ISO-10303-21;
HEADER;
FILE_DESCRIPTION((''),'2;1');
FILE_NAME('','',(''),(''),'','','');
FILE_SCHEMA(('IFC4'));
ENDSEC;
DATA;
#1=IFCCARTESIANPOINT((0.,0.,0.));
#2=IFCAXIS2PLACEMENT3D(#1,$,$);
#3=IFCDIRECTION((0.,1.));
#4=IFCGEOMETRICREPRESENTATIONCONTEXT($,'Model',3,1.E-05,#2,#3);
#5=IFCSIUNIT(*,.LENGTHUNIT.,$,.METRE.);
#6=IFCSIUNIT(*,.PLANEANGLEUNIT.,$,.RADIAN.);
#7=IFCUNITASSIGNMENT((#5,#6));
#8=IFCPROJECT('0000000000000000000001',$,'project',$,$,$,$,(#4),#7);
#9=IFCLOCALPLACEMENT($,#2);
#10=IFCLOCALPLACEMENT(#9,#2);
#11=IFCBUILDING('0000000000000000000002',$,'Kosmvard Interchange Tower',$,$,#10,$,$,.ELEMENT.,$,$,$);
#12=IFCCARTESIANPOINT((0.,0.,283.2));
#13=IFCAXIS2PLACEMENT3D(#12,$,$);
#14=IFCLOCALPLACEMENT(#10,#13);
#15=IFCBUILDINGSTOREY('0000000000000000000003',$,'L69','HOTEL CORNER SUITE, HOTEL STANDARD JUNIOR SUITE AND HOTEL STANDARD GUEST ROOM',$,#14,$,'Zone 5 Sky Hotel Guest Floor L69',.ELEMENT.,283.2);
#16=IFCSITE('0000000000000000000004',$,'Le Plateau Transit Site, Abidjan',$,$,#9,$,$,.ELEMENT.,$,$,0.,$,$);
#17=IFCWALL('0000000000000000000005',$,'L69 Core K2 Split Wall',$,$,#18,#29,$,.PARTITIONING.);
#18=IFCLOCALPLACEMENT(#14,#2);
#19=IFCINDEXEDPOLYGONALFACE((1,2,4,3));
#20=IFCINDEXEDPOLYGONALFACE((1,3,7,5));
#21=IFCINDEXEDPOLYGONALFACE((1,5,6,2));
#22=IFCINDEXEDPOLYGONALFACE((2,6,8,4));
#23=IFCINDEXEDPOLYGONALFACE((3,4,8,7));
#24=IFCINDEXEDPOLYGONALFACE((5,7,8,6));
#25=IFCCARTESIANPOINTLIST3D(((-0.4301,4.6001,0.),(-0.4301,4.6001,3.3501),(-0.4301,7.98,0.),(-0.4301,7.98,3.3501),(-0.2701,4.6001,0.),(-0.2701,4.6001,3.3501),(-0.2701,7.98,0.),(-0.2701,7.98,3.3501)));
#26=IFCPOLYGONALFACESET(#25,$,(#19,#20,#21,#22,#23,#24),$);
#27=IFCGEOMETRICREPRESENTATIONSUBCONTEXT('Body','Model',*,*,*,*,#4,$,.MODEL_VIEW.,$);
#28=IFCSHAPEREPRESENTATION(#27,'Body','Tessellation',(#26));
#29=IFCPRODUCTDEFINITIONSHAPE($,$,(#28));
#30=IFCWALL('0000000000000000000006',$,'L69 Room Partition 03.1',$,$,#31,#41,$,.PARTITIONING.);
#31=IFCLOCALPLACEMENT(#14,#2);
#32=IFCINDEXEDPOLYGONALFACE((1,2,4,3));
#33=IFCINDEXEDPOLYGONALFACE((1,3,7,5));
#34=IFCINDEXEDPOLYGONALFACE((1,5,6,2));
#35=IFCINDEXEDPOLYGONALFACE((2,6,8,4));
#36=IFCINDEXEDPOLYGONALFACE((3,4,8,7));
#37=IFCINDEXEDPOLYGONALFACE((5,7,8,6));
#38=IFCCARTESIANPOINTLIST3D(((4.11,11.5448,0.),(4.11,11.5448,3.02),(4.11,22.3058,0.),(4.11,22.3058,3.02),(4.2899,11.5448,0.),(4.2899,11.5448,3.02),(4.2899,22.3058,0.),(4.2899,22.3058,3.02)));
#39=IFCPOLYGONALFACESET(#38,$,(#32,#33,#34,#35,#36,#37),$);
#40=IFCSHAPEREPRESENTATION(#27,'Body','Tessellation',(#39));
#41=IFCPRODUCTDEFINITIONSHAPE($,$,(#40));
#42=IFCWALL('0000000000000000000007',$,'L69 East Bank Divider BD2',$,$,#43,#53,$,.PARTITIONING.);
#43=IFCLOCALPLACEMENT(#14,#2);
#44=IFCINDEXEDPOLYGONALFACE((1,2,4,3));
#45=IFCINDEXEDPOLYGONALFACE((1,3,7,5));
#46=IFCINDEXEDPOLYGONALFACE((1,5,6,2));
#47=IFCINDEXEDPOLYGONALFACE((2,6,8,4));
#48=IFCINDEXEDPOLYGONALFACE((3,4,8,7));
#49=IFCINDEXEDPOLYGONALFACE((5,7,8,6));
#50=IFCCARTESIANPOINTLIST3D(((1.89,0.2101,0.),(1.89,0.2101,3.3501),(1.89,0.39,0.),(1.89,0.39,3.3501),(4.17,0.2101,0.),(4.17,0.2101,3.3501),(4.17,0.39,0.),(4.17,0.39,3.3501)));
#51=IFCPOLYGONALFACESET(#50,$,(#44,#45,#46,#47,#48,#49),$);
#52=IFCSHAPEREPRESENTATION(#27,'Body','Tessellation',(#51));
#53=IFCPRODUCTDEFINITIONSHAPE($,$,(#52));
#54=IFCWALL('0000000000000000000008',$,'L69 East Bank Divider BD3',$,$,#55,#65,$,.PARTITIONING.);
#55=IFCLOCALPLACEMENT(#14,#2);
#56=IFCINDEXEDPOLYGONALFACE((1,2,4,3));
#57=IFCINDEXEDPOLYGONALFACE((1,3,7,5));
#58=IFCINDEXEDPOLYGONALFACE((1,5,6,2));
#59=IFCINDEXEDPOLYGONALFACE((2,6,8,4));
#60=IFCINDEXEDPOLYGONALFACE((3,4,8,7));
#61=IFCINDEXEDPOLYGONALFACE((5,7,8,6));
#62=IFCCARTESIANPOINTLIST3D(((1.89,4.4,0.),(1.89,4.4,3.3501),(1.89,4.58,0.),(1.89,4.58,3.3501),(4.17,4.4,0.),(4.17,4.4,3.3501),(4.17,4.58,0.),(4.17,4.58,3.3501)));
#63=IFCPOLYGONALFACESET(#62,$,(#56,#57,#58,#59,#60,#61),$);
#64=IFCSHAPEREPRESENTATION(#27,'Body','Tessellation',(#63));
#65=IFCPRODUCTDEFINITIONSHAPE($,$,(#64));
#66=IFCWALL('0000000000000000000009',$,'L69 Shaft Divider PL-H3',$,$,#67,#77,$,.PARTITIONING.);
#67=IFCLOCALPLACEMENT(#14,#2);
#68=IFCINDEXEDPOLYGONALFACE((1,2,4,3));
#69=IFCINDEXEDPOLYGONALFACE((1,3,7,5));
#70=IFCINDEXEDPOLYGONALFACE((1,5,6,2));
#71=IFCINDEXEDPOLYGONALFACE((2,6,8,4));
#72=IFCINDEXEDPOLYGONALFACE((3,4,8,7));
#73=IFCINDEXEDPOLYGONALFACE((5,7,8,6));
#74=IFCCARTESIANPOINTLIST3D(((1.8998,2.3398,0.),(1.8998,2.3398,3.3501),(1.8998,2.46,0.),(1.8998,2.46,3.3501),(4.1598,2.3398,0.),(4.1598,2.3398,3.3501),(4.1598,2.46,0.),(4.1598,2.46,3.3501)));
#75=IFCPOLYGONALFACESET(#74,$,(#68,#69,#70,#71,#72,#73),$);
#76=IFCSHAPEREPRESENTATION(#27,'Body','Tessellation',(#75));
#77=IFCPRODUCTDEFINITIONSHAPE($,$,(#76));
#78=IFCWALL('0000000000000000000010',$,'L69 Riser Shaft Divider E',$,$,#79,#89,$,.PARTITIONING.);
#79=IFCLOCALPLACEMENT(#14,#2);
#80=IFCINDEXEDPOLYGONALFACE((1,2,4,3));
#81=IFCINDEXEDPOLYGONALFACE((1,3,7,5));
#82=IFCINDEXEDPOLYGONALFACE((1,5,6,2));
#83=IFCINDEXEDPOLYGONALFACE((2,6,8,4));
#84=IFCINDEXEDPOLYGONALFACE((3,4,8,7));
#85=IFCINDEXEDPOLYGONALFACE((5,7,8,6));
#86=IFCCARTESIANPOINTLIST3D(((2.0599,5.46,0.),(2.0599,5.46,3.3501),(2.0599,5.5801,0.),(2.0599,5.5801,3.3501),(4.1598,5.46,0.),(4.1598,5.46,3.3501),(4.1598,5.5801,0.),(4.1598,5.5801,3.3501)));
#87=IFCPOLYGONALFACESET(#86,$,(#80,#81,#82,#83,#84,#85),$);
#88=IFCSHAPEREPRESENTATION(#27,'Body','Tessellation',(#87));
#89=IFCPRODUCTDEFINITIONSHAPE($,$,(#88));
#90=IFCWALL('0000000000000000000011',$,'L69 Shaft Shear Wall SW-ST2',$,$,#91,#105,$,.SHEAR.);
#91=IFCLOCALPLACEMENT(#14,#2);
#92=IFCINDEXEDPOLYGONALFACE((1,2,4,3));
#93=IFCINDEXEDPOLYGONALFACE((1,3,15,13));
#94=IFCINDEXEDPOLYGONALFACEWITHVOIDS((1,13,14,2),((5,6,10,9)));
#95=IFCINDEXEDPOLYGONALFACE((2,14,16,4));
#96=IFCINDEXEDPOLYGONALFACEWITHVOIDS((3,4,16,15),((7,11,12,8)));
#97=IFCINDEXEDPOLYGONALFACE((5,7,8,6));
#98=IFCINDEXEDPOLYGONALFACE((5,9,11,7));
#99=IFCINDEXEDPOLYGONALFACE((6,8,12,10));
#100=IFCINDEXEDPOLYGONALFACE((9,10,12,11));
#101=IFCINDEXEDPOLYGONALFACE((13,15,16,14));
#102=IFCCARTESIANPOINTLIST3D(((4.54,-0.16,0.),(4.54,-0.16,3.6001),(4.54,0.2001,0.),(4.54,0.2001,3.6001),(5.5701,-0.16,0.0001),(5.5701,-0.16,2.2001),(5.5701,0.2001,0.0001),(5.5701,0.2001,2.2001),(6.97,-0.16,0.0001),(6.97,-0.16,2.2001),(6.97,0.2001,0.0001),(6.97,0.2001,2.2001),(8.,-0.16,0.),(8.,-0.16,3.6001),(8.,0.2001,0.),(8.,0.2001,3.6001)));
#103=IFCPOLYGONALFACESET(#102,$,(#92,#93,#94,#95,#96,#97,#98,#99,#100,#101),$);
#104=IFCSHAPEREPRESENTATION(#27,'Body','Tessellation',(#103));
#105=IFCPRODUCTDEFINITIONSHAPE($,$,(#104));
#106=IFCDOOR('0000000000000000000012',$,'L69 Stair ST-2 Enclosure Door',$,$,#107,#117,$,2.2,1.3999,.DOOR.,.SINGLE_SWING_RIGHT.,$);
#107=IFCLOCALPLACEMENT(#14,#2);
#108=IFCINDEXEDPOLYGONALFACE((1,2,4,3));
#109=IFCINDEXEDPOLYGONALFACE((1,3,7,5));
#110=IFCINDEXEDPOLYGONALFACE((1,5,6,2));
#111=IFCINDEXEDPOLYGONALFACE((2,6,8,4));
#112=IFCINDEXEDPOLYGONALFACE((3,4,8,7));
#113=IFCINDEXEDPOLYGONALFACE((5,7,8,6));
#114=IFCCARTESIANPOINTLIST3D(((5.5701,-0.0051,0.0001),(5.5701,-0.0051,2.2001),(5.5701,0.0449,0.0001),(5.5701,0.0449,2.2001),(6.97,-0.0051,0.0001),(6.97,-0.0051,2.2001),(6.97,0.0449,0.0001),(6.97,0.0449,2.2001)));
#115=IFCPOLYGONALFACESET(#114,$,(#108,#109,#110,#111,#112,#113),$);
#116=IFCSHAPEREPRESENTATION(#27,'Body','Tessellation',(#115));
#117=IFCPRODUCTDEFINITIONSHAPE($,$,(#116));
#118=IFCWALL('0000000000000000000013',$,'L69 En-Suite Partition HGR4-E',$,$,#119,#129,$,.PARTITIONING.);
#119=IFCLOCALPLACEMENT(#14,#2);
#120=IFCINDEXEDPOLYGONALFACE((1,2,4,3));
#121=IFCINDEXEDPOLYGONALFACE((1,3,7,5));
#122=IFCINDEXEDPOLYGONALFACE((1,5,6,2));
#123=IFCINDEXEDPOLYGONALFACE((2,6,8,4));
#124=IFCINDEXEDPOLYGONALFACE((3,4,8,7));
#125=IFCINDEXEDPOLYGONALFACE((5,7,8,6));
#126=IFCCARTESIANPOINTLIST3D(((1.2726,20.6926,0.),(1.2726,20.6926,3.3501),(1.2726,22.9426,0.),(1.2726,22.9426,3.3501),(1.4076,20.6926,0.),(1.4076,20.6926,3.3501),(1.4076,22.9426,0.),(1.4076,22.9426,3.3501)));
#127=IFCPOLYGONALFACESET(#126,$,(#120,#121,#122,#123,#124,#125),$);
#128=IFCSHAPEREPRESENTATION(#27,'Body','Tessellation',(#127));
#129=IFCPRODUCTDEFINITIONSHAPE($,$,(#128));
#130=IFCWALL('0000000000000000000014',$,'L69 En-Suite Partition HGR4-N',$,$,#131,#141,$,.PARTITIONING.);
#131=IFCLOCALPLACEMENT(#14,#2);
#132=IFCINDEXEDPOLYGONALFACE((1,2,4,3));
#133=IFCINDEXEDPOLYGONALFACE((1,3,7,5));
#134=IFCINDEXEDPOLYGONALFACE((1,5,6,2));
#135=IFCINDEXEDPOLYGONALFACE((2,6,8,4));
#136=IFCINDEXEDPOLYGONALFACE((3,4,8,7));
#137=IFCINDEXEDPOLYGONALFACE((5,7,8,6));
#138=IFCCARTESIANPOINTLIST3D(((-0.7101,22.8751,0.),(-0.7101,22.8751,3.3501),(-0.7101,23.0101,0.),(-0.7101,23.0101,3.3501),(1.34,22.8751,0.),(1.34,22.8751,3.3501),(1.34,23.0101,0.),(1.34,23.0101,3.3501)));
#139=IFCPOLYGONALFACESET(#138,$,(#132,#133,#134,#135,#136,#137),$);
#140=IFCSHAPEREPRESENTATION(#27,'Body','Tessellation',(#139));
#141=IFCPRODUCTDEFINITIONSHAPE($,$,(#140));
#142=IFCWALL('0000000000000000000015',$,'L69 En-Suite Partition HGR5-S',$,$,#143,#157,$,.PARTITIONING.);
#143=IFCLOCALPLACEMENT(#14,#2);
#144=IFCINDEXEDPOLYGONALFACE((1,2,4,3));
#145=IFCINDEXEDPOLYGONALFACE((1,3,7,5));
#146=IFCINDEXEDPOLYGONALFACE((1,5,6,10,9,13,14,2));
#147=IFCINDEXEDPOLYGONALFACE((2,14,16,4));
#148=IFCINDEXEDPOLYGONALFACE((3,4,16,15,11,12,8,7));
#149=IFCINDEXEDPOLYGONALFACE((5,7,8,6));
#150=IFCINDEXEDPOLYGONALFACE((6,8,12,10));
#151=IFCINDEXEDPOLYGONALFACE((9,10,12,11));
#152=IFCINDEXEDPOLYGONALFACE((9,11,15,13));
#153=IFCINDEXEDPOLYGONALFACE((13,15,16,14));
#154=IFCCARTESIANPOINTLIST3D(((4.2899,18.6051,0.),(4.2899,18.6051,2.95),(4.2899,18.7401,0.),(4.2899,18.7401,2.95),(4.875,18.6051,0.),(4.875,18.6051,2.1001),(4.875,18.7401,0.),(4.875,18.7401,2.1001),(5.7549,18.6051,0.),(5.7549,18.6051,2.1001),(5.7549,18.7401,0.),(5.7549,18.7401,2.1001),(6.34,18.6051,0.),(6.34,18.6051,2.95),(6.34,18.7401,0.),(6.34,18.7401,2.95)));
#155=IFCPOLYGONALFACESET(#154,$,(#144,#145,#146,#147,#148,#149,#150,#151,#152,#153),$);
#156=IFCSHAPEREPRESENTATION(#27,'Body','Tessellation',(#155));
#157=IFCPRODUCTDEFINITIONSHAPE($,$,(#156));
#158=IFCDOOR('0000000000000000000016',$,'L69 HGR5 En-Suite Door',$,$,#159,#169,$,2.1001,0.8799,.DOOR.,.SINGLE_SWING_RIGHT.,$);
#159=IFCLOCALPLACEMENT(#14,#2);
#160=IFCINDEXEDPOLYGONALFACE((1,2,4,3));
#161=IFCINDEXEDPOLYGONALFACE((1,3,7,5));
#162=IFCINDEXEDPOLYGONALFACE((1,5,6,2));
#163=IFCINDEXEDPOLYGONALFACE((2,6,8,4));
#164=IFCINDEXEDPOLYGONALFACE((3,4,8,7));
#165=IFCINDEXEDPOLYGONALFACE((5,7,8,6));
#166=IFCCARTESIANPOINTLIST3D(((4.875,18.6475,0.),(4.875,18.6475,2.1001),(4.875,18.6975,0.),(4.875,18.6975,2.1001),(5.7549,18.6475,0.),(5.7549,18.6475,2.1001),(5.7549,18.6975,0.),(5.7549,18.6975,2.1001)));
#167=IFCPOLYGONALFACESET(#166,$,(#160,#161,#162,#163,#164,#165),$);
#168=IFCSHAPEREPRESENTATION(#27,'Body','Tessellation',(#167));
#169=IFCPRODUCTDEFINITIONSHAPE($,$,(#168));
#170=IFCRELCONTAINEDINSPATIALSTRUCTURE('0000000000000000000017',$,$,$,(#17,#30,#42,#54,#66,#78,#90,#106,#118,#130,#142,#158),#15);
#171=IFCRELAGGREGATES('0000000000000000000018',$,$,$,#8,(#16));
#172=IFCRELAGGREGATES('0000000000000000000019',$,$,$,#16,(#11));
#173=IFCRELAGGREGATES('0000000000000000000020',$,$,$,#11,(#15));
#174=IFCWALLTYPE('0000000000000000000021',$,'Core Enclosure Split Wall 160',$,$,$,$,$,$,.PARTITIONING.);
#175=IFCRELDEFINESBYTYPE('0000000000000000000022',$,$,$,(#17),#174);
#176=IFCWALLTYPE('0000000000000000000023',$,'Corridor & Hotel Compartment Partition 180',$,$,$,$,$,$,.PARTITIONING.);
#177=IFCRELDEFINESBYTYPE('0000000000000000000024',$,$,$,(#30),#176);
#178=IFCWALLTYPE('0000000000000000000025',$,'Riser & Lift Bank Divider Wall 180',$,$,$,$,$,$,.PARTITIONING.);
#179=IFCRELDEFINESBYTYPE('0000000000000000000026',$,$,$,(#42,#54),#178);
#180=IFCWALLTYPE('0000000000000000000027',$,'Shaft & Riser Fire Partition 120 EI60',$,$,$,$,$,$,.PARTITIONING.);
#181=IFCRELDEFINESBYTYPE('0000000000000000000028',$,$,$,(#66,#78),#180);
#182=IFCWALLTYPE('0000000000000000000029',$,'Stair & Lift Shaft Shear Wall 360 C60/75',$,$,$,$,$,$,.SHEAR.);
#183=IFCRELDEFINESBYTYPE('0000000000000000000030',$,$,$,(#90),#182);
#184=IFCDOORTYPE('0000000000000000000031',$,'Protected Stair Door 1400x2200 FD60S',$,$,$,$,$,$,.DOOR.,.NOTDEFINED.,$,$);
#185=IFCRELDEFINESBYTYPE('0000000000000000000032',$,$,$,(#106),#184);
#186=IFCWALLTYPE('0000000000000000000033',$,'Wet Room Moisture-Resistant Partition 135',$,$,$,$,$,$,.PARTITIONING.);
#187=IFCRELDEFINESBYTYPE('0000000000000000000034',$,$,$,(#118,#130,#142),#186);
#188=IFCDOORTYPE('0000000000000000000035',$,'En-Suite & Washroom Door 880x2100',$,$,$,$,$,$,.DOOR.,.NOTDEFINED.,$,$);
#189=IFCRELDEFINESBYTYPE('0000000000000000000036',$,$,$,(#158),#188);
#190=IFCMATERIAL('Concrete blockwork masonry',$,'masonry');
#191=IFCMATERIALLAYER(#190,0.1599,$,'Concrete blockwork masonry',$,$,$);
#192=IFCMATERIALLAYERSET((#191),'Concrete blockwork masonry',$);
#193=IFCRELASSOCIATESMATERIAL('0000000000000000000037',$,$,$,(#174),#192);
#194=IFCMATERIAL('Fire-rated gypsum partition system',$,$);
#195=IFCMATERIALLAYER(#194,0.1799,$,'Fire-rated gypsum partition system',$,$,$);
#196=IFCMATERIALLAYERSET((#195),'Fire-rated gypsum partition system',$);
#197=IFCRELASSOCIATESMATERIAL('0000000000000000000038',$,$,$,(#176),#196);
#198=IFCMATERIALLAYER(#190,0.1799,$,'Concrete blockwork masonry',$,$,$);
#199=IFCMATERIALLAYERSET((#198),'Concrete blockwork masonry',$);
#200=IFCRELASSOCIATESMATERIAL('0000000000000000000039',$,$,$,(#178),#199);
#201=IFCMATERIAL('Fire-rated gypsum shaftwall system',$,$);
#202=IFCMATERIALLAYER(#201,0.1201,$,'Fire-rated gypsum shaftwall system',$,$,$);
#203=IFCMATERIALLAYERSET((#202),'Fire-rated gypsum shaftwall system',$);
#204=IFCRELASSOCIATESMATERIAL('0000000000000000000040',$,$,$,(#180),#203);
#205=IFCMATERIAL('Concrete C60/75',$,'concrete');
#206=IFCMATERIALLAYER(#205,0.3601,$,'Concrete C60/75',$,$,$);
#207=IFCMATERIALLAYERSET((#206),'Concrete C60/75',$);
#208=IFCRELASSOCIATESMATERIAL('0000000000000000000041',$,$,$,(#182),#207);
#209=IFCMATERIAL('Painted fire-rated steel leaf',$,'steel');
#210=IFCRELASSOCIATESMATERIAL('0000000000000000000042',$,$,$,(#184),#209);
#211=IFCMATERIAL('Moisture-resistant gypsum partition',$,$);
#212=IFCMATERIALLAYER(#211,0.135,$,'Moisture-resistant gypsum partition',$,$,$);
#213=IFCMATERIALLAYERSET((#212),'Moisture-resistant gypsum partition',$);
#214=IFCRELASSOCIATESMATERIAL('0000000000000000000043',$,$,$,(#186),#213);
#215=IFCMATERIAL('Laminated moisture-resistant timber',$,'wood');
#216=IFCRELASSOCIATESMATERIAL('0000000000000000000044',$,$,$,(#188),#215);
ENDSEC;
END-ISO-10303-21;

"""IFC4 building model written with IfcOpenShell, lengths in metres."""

from ifc_helpers import new_model, si_unit, direction, frame, frame_2d, origin, place, context, subcontext, project, spatial, rectangle, extrude, source, transform, mapped, material, layer, layer_set, type_object, element, fill, save


model = new_model("IFC4")

# Units and contexts
model_context = context("Model", 3, precision=1e-05, world=origin(), true_north=direction((0.0, 1.0)))
body_context = subcontext(model_context, "Body", "Model", "MODEL_VIEW")
ifc_project = project(units=[si_unit("LENGTHUNIT", "METRE"), si_unit("PLANEANGLEUNIT", "RADIAN")], contexts=[model_context])

# Site, building, storey
site_placement = place(None, origin())
site = spatial("IfcSite", under=ifc_project, at=site_placement, Name="Le Plateau Transit Site, Abidjan", CompositionType="ELEMENT", RefElevation=0.0)
building_placement = place(site_placement, origin())
building = spatial("IfcBuilding", under=site, at=building_placement, Name="Kosmvard Interchange Tower", CompositionType="ELEMENT")
storey_placement = place(building_placement, frame((0.0, 0.0, 283.2)))
storey = spatial("IfcBuildingStorey", under=building, at=storey_placement, Name="L69", Description="HOTEL CORNER SUITE, HOTEL STANDARD JUNIOR SUITE AND HOTEL STANDARD GUEST ROOM", LongName="Zone 5 Sky Hotel Guest Floor L69", CompositionType="ELEMENT", Elevation=283.2)

# Walls
ifc_material_1 = material(Name="Fire-rated gypsum partition system")
ifc_material_2 = material(Name="Concrete blockwork masonry", Category="masonry")
ifc_layer_1 = layer(ifc_material_2, 0.1599, Name="Concrete blockwork masonry")
ifc_layer_set_1 = layer_set([ifc_layer_1], Name="Concrete blockwork masonry")
wall_type_1 = type_object("IfcWallType", Name="Core Enclosure Split Wall 160", PredefinedType="PARTITIONING", material=ifc_layer_set_1)
wall_1_placement = place(storey_placement, frame((-0.3501, 4.6001, 0.0), z_axis=(0.0, 0.0, 1.0), x_axis=(0.0, 1.0, 0.0)))
element("IfcWall", 1, at=wall_1_placement, inside=storey, type_object=wall_type_1, Name="L69 Core K2 Split Wall", PredefinedType="PARTITIONING", context=body_context, shape_type="SweptSolid", body=[
    extrude(rectangle(XDim=3.3799, YDim=0.1599, at=frame_2d((1.6899, 0.0))), origin(), (0.0, 0.0, 1.0), 3.3501),
])
ifc_layer_2 = layer(ifc_material_1, 0.1799, Name="Fire-rated gypsum partition system")
ifc_layer_set_2 = layer_set([ifc_layer_2], Name="Fire-rated gypsum partition system")
wall_type_2 = type_object("IfcWallType", Name="Corridor & Hotel Compartment Partition 180", PredefinedType="PARTITIONING", material=ifc_layer_set_2)
wall_2_placement = place(storey_placement, frame((4.2, 11.5449, 0.0), z_axis=(0.0, 0.0, 1.0), x_axis=(0.0, 1.0, 0.0)))
element("IfcWall", 2, at=wall_2_placement, inside=storey, type_object=wall_type_2, Name="L69 Room Partition 03.1", PredefinedType="PARTITIONING", context=body_context, shape_type="SweptSolid", body=[
    extrude(rectangle(XDim=10.761, YDim=0.1799, at=frame_2d((5.3804, 0.0))), origin(), (0.0, 0.0, 1.0), 3.02),
])
ifc_layer_3 = layer(ifc_material_2, 0.1799, Name="Concrete blockwork masonry")
ifc_layer_set_3 = layer_set([ifc_layer_3], Name="Concrete blockwork masonry")
wall_type_3 = type_object("IfcWallType", Name="Riser & Lift Bank Divider Wall 180", PredefinedType="PARTITIONING", material=ifc_layer_set_3)
for number, where, z_axis, x_axis, name in (
    (3, (1.8899, 0.3, 0.0), (0.0, 0.0, 1.0), (1.0, 0.0, 0.0), "L69 East Bank Divider BD2"),
    (4, (1.8899, 4.49, 0.0), (0.0, 0.0, 1.0), (1.0, 0.0, 0.0), "L69 East Bank Divider BD3"),
):
    element("IfcWall", number, at=place(storey_placement, frame(where, z_axis=z_axis, x_axis=x_axis)), inside=storey, type_object=wall_type_3, Name=name, PredefinedType="PARTITIONING", context=body_context, shape_type="SweptSolid", body=[
        extrude(rectangle(XDim=2.28, YDim=0.1799, at=frame_2d((1.1401, 0.0))), origin(), (0.0, 0.0, 1.0), 3.3501),
    ])
ifc_material_3 = material(Name="Fire-rated gypsum shaftwall system")
ifc_layer_4 = layer(ifc_material_3, 0.1201, Name="Fire-rated gypsum shaftwall system")
ifc_layer_set_4 = layer_set([ifc_layer_4], Name="Fire-rated gypsum shaftwall system")
wall_type_4 = type_object("IfcWallType", Name="Shaft & Riser Fire Partition 120 EI60", PredefinedType="PARTITIONING", material=ifc_layer_set_4)
wall_3_placement = place(storey_placement, frame((1.8999, 2.3999, 0.0), z_axis=(0.0, 0.0, 1.0), x_axis=(1.0, 0.0, 0.0)))
element("IfcWall", 5, at=wall_3_placement, inside=storey, type_object=wall_type_4, Name="L69 Shaft Divider PL-H3", PredefinedType="PARTITIONING", context=body_context, shape_type="SweptSolid", body=[
    extrude(rectangle(XDim=2.26, YDim=0.1201, at=frame_2d((1.1299, 0.0))), origin(), (0.0, 0.0, 1.0), 3.3501),
])
wall_4_placement = place(storey_placement, frame((2.0601, 5.52, 0.0), z_axis=(0.0, 0.0, 1.0), x_axis=(1.0, 0.0, 0.0)))
element("IfcWall", 6, at=wall_4_placement, inside=storey, type_object=wall_type_4, Name="L69 Riser Shaft Divider E", PredefinedType="PARTITIONING", context=body_context, shape_type="SweptSolid", body=[
    extrude(rectangle(XDim=2.0999, YDim=0.1201, at=frame_2d((1.0498, 0.0))), origin(), (0.0, 0.0, 1.0), 3.3501),
])

# Wall, opening, door
ifc_material_4 = material(Name="Concrete C60/75", Category="concrete")
ifc_layer_5 = layer(ifc_material_4, 0.3601, Name="Concrete C60/75")
ifc_layer_set_5 = layer_set([ifc_layer_5], Name="Concrete C60/75")
wall_type_5 = type_object("IfcWallType", Name="Stair & Lift Shaft Shear Wall 360 C60/75", PredefinedType="SHEAR", material=ifc_layer_set_5)
wall_5_placement = place(storey_placement, frame((4.54, 0.02, 0.0), z_axis=(0.0, 0.0, 1.0), x_axis=(1.0, 0.0, 0.0)))
wall_5 = element("IfcWall", 7, at=wall_5_placement, inside=storey, type_object=wall_type_5, Name="L69 Shaft Shear Wall SW-ST2", PredefinedType="SHEAR", context=body_context, shape_type="SweptSolid", body=[
    extrude(rectangle(XDim=3.46, YDim=0.3601, at=frame_2d((1.73, 0.0))), origin(), (0.0, 0.0, 1.0), 3.6001),
])
opening_1_placement = place(wall_5_placement, frame((1.03, 0.0, 0.0)))
opening_1 = element("IfcOpeningElement", 8, at=opening_1_placement, cuts=wall_5, PredefinedType="OPENING", context=body_context, shape_type="SweptSolid", body=[
    extrude(rectangle(XDim=1.3999, YDim=2.2, at=frame_2d((0.7, 1.1001))), frame((0.0, 0.1899, 0.0), z_axis=(0.0, -1.0, 0.0), x_axis=(1.0, 0.0, 0.0)), (0.0, 0.0, 1.0), 0.3801),
])
ifc_material_5 = material(Name="Painted fire-rated steel leaf", Category="steel")
door_type_1 = type_object("IfcDoorType", Name="Protected Stair Door 1400x2200 FD60S", OperationType="NOTDEFINED", PredefinedType="DOOR", material=ifc_material_5)
shared_shape_1 = source(origin(), body_context, "Body", "SweptSolid", [
    extrude(rectangle(XDim=1.3999, YDim=2.2, at=frame_2d((0.7, 1.1001))), frame((0.0, 0.0249, 0.0), z_axis=(0.0, -1.0, 0.0), x_axis=(1.0, 0.0, 0.0)), (0.0, 0.0, 1.0), 0.05),
])
door_1_placement = place(opening_1_placement, origin())
door_1 = element("IfcDoor", 9, at=door_1_placement, inside=storey, type_object=door_type_1, Name="L69 Stair ST-2 Enclosure Door", OperationType="SINGLE_SWING_RIGHT", OverallHeight=2.2, OverallWidth=1.3999, PredefinedType="DOOR", context=body_context, shape_type="MappedRepresentation", body=[
    mapped(shared_shape_1, transform((0.0, 0.0, 0.0), scale=1.0)),
])
fill(opening_1, door_1)

# Walls
ifc_material_6 = material(Name="Moisture-resistant gypsum partition")
ifc_layer_6 = layer(ifc_material_6, 0.135, Name="Moisture-resistant gypsum partition")
ifc_layer_set_6 = layer_set([ifc_layer_6], Name="Moisture-resistant gypsum partition")
wall_type_6 = type_object("IfcWallType", Name="Wet Room Moisture-Resistant Partition 135", PredefinedType="PARTITIONING", material=ifc_layer_set_6)
wall_6_placement = place(storey_placement, frame((1.3401, 20.6926, 0.0), z_axis=(0.0, 0.0, 1.0), x_axis=(0.0, 1.0, 0.0)))
element("IfcWall", 10, at=wall_6_placement, inside=storey, type_object=wall_type_6, Name="L69 En-Suite Partition HGR4-E", PredefinedType="PARTITIONING", context=body_context, shape_type="SweptSolid", body=[
    extrude(rectangle(XDim=2.25, YDim=0.135, at=frame_2d((1.125, 0.0))), origin(), (0.0, 0.0, 1.0), 3.3501),
])
wall_7_placement = place(storey_placement, frame((-0.71, 22.9426, 0.0), z_axis=(0.0, 0.0, 1.0), x_axis=(1.0, 0.0, 0.0)))
element("IfcWall", 11, at=wall_7_placement, inside=storey, type_object=wall_type_6, Name="L69 En-Suite Partition HGR4-N", PredefinedType="PARTITIONING", context=body_context, shape_type="SweptSolid", body=[
    extrude(rectangle(XDim=2.05, YDim=0.135, at=frame_2d((1.0249, 0.0))), origin(), (0.0, 0.0, 1.0), 3.3501),
])

# Wall, opening, door
wall_8_placement = place(storey_placement, frame((4.29, 18.6726, 0.0), z_axis=(0.0, 0.0, 1.0), x_axis=(1.0, 0.0, 0.0)))
wall_8 = element("IfcWall", 12, at=wall_8_placement, inside=storey, type_object=wall_type_6, Name="L69 En-Suite Partition HGR5-S", PredefinedType="PARTITIONING", context=body_context, shape_type="SweptSolid", body=[
    extrude(rectangle(XDim=2.05, YDim=0.135, at=frame_2d((1.0249, 0.0))), origin(), (0.0, 0.0, 1.0), 2.95),
])
opening_2_placement = place(wall_8_placement, frame((0.585, 0.0, 0.0)))
opening_2 = element("IfcOpeningElement", 13, at=opening_2_placement, cuts=wall_8, PredefinedType="OPENING", context=body_context, shape_type="SweptSolid", body=[
    extrude(rectangle(XDim=0.8799, YDim=2.1001, at=frame_2d((0.4399, 1.05))), frame((0.0, 0.0776, 0.0), z_axis=(0.0, -1.0, 0.0), x_axis=(1.0, 0.0, 0.0)), (0.0, 0.0, 1.0), 0.155),
])
ifc_material_7 = material(Name="Laminated moisture-resistant timber", Category="wood")
door_type_2 = type_object("IfcDoorType", Name="En-Suite & Washroom Door 880x2100", OperationType="NOTDEFINED", PredefinedType="DOOR", material=ifc_material_7)
shared_shape_2 = source(origin(), body_context, "Body", "SweptSolid", [
    extrude(rectangle(XDim=0.8799, YDim=2.1001, at=frame_2d((0.4399, 1.05))), frame((0.0, 0.0249, 0.0), z_axis=(0.0, -1.0, 0.0), x_axis=(1.0, 0.0, 0.0)), (0.0, 0.0, 1.0), 0.05),
])
door_2_placement = place(opening_2_placement, origin())
door_2 = element("IfcDoor", 14, at=door_2_placement, inside=storey, type_object=door_type_2, Name="L69 HGR5 En-Suite Door", OperationType="SINGLE_SWING_RIGHT", OverallHeight=2.1001, OverallWidth=0.8799, PredefinedType="DOOR", context=body_context, shape_type="MappedRepresentation", body=[
    mapped(shared_shape_2, transform((0.0, 0.0, 0.0), scale=1.0)),
])
fill(opening_2, door_2)

save(model, "model.ifc")
